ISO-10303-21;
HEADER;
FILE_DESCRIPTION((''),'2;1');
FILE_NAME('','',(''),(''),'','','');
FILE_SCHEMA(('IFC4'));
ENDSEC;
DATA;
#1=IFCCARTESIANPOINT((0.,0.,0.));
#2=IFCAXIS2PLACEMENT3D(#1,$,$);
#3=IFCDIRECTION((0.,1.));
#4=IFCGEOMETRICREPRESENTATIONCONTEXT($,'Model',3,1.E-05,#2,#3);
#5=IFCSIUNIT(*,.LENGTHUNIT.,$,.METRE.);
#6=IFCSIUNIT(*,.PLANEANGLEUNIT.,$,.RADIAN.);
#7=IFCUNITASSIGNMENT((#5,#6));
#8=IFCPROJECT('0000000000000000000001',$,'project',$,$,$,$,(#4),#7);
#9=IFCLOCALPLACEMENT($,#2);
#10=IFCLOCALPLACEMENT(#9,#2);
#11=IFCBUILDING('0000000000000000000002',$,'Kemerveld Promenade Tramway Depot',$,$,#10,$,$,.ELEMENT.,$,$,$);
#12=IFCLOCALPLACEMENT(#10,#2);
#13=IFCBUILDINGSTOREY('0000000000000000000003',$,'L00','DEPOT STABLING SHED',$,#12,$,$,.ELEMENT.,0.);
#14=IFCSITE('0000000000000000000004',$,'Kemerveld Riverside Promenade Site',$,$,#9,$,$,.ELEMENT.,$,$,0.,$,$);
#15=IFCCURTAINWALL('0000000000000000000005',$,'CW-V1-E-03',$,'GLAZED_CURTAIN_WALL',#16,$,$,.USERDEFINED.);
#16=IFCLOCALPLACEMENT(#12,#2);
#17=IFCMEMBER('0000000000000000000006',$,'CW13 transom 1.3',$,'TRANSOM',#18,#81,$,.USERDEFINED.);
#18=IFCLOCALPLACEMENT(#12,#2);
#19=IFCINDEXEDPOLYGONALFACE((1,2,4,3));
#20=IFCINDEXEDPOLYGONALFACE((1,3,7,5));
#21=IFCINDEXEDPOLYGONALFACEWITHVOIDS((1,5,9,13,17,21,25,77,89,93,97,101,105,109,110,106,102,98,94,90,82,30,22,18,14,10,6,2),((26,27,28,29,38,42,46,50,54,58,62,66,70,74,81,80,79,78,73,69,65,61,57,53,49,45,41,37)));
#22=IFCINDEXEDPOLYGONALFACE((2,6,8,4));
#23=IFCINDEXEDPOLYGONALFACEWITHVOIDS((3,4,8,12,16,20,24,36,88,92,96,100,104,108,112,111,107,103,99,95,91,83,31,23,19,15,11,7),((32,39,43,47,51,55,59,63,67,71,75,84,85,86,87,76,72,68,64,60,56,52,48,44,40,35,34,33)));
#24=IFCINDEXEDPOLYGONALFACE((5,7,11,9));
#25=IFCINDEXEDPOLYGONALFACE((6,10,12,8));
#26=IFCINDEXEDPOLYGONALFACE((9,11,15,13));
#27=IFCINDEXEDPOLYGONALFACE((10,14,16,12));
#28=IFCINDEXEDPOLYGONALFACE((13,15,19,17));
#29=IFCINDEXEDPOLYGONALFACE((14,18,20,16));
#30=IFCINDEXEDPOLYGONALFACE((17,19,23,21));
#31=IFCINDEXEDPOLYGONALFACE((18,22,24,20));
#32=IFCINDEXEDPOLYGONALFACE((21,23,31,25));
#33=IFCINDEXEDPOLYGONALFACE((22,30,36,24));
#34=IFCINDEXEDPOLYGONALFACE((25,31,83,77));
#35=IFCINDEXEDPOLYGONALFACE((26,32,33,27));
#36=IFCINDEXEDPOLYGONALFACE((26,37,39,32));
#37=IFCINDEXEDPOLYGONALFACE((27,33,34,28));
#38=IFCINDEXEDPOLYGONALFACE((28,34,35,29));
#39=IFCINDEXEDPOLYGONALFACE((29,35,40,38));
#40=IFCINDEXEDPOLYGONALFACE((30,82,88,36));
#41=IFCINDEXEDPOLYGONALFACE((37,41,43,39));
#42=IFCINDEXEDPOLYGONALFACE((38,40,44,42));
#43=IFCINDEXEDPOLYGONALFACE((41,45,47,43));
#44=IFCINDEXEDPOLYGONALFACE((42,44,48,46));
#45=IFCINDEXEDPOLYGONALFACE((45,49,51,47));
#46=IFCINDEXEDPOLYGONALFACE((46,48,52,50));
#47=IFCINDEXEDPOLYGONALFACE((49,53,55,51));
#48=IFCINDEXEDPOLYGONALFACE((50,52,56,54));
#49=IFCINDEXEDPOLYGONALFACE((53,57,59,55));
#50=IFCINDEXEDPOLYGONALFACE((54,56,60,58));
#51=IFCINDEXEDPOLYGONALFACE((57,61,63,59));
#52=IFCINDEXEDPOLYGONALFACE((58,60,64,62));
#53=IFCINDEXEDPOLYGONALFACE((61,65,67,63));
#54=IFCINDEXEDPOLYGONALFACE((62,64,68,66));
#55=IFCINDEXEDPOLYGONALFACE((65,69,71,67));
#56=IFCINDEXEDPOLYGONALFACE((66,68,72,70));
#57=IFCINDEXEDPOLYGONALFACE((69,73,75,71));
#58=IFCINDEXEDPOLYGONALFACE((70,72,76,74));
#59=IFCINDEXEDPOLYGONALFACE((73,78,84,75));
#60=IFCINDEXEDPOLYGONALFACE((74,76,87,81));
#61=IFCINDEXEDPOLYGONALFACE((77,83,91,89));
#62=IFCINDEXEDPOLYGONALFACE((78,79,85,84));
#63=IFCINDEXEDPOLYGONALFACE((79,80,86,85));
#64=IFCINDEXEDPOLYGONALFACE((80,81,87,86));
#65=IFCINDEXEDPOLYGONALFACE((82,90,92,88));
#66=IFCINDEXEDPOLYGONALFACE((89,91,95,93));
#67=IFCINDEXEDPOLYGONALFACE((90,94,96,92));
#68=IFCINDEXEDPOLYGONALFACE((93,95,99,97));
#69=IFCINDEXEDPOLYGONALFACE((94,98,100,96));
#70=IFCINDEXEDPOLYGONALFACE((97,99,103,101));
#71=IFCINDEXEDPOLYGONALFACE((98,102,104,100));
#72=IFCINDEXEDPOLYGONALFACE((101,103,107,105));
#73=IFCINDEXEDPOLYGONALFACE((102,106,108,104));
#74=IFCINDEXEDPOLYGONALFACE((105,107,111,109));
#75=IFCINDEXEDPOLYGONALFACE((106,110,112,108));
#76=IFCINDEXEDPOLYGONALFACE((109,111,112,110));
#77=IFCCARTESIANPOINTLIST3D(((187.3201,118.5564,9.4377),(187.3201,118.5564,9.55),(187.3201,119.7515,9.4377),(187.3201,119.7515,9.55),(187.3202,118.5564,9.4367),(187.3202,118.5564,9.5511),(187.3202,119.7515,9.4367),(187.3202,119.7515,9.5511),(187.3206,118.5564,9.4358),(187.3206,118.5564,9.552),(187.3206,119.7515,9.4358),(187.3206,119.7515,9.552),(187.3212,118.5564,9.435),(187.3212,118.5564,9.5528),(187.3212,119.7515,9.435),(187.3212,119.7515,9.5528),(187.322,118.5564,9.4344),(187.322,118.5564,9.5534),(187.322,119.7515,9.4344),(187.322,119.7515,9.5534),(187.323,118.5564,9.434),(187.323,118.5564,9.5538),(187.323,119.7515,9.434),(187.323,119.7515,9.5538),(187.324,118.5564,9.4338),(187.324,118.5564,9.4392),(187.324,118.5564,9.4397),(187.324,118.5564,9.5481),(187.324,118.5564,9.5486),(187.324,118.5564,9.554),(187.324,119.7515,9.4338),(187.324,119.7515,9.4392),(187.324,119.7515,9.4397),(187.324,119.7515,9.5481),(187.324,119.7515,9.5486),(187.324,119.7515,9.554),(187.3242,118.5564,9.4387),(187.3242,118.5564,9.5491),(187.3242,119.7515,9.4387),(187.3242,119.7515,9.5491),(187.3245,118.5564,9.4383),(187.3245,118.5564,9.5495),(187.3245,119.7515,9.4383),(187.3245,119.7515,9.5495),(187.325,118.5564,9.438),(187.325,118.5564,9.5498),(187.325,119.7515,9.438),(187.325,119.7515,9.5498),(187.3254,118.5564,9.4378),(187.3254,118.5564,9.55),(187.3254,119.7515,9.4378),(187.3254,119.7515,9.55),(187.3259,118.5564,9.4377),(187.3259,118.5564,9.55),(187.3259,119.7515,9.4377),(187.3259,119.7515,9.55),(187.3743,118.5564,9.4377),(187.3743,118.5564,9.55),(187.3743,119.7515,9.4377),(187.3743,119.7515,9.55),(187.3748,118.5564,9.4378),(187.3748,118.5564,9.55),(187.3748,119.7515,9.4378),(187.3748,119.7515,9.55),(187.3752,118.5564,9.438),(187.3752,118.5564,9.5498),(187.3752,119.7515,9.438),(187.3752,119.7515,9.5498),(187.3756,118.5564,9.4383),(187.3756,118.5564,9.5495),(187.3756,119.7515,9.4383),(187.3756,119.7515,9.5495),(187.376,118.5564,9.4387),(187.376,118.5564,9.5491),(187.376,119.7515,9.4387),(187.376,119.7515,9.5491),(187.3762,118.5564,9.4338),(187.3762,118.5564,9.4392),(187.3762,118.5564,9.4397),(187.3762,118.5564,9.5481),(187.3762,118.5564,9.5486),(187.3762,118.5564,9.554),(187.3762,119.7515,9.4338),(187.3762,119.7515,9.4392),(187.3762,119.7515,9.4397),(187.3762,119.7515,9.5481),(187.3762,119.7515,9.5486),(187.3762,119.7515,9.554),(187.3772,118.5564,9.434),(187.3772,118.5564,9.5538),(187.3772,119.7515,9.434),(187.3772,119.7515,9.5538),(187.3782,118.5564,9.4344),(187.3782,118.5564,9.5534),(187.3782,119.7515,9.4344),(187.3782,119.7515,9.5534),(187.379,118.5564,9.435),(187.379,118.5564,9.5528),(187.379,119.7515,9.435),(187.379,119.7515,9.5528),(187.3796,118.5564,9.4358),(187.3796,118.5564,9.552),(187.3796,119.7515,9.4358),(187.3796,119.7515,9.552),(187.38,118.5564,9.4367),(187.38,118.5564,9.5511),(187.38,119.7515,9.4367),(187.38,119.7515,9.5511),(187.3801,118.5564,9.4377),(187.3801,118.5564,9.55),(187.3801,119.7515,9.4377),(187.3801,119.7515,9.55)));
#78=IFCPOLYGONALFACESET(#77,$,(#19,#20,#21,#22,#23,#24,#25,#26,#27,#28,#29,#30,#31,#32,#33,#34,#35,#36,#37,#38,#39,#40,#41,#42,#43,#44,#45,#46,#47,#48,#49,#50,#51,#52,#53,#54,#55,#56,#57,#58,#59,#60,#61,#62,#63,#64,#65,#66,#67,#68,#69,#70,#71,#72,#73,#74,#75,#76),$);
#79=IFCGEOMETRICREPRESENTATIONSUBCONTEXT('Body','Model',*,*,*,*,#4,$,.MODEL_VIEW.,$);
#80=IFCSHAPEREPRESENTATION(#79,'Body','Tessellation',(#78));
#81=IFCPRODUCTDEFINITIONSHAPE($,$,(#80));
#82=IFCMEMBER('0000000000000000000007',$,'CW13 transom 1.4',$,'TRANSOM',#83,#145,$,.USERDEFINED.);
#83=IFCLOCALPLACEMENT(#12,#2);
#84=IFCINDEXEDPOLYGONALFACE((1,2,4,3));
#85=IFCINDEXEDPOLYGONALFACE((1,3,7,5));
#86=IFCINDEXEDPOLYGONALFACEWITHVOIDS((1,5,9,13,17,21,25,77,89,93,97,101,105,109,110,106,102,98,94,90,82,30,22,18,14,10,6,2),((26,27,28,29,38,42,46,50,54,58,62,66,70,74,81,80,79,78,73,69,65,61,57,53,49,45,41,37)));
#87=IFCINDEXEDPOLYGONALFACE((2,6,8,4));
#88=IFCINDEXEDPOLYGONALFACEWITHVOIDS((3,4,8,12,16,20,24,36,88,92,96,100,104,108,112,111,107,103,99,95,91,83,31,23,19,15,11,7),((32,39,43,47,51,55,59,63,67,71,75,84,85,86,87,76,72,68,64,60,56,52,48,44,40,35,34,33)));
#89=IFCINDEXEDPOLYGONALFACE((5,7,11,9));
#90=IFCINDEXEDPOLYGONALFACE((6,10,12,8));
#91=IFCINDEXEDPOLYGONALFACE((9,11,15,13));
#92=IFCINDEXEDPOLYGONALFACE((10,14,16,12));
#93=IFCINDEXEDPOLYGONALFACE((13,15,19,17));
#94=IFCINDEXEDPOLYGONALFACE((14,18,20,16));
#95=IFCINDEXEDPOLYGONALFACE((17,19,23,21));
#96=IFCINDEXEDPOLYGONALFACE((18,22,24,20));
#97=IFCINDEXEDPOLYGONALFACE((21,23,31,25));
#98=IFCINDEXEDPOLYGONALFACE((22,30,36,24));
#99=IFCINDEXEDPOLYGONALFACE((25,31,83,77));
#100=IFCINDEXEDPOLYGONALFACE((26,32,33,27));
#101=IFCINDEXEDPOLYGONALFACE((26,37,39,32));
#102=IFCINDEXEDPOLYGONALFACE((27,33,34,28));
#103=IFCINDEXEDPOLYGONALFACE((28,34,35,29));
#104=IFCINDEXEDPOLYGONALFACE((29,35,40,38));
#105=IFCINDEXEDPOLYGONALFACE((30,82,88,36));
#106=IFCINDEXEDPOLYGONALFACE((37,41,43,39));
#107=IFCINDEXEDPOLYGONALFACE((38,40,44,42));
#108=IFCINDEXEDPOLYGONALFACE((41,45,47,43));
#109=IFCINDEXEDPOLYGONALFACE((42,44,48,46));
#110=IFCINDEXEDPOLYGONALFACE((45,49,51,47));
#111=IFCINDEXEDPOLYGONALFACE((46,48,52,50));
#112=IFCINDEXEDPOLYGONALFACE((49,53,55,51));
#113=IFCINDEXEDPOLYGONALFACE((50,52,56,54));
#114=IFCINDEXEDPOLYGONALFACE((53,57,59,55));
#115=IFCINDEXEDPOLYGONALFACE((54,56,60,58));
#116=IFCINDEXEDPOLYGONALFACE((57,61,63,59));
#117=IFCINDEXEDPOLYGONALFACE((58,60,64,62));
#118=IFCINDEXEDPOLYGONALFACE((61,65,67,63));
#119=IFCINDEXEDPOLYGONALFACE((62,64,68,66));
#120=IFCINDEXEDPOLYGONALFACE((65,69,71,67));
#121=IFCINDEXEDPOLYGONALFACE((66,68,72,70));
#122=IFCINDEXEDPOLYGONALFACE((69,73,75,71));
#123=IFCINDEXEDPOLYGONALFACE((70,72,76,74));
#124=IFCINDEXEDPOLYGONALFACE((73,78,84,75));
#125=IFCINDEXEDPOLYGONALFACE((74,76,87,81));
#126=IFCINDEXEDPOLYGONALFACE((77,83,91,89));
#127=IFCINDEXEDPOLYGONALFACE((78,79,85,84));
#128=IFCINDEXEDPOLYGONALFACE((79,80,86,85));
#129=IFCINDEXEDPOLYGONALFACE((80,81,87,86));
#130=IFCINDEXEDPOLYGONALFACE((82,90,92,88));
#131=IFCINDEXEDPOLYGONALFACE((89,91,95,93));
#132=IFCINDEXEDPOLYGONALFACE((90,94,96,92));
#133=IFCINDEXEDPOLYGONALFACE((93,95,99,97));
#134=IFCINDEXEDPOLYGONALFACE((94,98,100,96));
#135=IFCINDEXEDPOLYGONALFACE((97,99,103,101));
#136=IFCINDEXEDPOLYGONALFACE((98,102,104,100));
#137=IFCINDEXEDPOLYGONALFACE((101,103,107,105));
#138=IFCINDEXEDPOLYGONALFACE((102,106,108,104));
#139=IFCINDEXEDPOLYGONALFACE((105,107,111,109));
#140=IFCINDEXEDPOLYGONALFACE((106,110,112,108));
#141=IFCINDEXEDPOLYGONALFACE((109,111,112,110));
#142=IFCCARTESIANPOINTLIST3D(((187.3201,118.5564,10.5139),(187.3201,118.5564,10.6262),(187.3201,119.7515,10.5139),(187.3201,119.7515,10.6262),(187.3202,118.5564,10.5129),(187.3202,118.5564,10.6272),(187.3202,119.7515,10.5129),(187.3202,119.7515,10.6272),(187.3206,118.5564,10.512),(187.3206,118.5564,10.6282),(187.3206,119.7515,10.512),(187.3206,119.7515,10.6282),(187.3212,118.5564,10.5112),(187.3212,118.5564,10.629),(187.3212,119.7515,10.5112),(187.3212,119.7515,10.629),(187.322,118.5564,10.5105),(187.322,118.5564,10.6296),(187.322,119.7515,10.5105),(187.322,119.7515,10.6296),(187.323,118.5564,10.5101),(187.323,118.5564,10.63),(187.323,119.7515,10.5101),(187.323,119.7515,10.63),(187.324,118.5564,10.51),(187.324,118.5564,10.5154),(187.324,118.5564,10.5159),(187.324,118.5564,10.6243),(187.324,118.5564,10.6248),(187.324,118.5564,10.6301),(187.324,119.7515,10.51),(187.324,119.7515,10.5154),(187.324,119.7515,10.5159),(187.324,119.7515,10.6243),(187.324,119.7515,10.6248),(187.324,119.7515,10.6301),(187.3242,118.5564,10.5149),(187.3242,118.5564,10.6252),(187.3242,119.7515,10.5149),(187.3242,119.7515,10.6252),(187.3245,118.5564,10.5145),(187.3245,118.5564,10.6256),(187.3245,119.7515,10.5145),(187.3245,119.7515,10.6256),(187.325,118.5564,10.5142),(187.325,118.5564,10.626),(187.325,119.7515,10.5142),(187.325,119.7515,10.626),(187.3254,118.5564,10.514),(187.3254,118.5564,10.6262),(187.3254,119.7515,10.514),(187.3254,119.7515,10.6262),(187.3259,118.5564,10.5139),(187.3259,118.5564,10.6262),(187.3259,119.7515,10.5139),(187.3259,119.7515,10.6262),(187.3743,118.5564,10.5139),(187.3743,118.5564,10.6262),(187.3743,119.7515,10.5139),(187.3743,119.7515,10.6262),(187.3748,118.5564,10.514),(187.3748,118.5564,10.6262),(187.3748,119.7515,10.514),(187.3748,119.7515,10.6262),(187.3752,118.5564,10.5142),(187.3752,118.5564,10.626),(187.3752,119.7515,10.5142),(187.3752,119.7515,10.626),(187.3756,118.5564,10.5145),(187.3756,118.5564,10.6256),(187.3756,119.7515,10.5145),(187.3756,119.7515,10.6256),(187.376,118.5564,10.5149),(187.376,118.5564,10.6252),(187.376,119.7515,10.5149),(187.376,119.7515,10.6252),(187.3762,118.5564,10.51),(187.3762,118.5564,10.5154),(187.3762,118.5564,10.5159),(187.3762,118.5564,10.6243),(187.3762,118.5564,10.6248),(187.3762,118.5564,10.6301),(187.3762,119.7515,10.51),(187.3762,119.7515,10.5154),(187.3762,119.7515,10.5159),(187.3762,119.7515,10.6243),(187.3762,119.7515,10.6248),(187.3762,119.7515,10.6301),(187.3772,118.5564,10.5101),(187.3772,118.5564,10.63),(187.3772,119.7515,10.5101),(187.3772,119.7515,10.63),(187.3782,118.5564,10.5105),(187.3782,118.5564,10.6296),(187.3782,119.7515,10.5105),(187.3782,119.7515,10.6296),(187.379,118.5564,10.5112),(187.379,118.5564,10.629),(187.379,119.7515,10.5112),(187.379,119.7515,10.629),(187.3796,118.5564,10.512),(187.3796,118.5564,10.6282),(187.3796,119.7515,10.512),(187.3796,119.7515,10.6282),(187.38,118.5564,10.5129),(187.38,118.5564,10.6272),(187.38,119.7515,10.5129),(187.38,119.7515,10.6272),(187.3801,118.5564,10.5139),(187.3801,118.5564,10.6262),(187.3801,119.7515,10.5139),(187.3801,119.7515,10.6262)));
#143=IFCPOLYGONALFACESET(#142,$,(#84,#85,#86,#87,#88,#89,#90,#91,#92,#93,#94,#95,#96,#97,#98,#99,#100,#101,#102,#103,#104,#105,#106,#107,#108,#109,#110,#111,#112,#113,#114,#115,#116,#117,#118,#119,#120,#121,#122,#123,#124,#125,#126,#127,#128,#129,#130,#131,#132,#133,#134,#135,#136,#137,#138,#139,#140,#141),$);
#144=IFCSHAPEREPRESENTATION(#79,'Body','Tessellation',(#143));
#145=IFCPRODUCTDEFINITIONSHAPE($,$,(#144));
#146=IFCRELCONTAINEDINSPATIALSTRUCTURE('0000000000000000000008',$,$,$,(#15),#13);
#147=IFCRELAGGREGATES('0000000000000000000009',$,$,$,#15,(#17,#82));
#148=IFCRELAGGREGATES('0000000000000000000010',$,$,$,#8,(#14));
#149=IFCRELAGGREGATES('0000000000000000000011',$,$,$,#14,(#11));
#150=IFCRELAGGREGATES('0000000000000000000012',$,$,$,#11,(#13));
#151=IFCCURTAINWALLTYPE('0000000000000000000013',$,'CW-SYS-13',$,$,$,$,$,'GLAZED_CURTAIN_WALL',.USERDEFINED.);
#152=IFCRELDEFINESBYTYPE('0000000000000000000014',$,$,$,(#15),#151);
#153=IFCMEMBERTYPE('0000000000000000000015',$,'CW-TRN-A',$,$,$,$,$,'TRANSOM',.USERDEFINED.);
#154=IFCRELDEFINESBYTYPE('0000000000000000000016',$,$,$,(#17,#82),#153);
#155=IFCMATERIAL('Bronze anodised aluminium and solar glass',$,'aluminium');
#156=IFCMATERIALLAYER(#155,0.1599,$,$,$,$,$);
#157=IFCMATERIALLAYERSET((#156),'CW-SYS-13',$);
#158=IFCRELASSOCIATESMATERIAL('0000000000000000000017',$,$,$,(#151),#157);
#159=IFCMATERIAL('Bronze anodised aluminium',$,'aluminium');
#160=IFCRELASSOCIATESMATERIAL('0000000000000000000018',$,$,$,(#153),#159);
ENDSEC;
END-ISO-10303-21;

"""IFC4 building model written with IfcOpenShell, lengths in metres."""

from ifc_helpers import new_model, si_unit, direction, frame, origin, origin_2d, place, context, subcontext, project, spatial, hollow_rectangle, extrude, material, layer, layer_set, material_profile, profile_set, type_object, element, aggregate, save


model = new_model("IFC4")

# Units and contexts
model_context = context("Model", 3, precision=1e-05, world=origin(), true_north=direction((0.0, 1.0)))
body_context = subcontext(model_context, "Body", "Model", "MODEL_VIEW")
ifc_project = project(units=[si_unit("LENGTHUNIT", "METRE"), si_unit("PLANEANGLEUNIT", "RADIAN")], contexts=[model_context])

# Site, building, storey
site_placement = place(None, origin())
site = spatial("IfcSite", under=ifc_project, at=site_placement, Name="Kemerveld Riverside Promenade Site", CompositionType="ELEMENT", RefElevation=0.0)
building_placement = place(site_placement, origin())
building = spatial("IfcBuilding", under=site, at=building_placement, Name="Kemerveld Promenade Tramway Depot", CompositionType="ELEMENT")
storey_placement = place(building_placement, origin())
storey = spatial("IfcBuildingStorey", under=building, at=storey_placement, Name="L00", Description="DEPOT STABLING SHED", CompositionType="ELEMENT", Elevation=0.0)

# Curtain wall
ifc_material_1 = material(Name="Bronze anodised aluminium and solar glass", Category="aluminium")
ifc_layer_1 = layer(ifc_material_1, 0.1599)
ifc_layer_set_1 = layer_set([ifc_layer_1], Name="CW-SYS-13")
curtain_wall_type_1 = type_object("IfcCurtainWallType", Name="CW-SYS-13", ElementType="GLAZED_CURTAIN_WALL", PredefinedType="USERDEFINED", material=ifc_layer_set_1)
curtain_wall_1_placement = place(storey_placement, origin())
curtain_wall_1 = element("IfcCurtainWall", 1, at=curtain_wall_1_placement, inside=storey, type_object=curtain_wall_type_1, Name="CW-V1-E-03", ObjectType="GLAZED_CURTAIN_WALL", PredefinedType="USERDEFINED")
ifc_material_2 = material(Name="Bronze anodised aluminium", Category="aluminium")

# Members
ifc_material_profile_1 = material_profile(ifc_material_2, hollow_rectangle(XDim=0.0601, YDim=0.1201, WallThickness=0.0039, InnerFilletRadius=0.002, OuterFilletRadius=0.0039, at=origin_2d()), Name="CW-TRN-120x60")
ifc_profile_set_1 = profile_set([ifc_material_profile_1], Name="Bronze anodised aluminium")
member_type_1 = type_object("IfcMemberType", Name="CW-TRN-A", ElementType="TRANSOM", PredefinedType="USERDEFINED", material=ifc_profile_set_1)
member_1_placement = place(storey_placement, frame((187.3501, 119.7515, 9.4939), z_axis=(0.0, -1.0, 0.0), x_axis=(1.0, 0.0, 0.0)))
member_1 = element("IfcMember", 2, at=member_1_placement, type_object=member_type_1, Name="CW13 transom 1.3", ObjectType="TRANSOM", PredefinedType="USERDEFINED", context=body_context, shape_type="SweptSolid", body=[
    extrude(hollow_rectangle(XDim=0.0601, YDim=0.1201, WallThickness=0.0039, InnerFilletRadius=0.002, OuterFilletRadius=0.0039, at=origin_2d()), origin(), (0.0, 0.0, 1.0), 1.1951),
])
member_2_placement = place(storey_placement, frame((187.3501, 119.7515, 10.5701), z_axis=(0.0, -1.0, 0.0), x_axis=(1.0, 0.0, 0.0)))
member_2 = element("IfcMember", 3, at=member_2_placement, type_object=member_type_1, Name="CW13 transom 1.4", ObjectType="TRANSOM", PredefinedType="USERDEFINED", context=body_context, shape_type="SweptSolid", body=[
    extrude(hollow_rectangle(XDim=0.0601, YDim=0.1201, WallThickness=0.0039, InnerFilletRadius=0.002, OuterFilletRadius=0.0039, at=origin_2d()), origin(), (0.0, 0.0, 1.0), 1.1951),
])
aggregate(curtain_wall_1, [member_1, member_2])

save(model, "model.ifc")
